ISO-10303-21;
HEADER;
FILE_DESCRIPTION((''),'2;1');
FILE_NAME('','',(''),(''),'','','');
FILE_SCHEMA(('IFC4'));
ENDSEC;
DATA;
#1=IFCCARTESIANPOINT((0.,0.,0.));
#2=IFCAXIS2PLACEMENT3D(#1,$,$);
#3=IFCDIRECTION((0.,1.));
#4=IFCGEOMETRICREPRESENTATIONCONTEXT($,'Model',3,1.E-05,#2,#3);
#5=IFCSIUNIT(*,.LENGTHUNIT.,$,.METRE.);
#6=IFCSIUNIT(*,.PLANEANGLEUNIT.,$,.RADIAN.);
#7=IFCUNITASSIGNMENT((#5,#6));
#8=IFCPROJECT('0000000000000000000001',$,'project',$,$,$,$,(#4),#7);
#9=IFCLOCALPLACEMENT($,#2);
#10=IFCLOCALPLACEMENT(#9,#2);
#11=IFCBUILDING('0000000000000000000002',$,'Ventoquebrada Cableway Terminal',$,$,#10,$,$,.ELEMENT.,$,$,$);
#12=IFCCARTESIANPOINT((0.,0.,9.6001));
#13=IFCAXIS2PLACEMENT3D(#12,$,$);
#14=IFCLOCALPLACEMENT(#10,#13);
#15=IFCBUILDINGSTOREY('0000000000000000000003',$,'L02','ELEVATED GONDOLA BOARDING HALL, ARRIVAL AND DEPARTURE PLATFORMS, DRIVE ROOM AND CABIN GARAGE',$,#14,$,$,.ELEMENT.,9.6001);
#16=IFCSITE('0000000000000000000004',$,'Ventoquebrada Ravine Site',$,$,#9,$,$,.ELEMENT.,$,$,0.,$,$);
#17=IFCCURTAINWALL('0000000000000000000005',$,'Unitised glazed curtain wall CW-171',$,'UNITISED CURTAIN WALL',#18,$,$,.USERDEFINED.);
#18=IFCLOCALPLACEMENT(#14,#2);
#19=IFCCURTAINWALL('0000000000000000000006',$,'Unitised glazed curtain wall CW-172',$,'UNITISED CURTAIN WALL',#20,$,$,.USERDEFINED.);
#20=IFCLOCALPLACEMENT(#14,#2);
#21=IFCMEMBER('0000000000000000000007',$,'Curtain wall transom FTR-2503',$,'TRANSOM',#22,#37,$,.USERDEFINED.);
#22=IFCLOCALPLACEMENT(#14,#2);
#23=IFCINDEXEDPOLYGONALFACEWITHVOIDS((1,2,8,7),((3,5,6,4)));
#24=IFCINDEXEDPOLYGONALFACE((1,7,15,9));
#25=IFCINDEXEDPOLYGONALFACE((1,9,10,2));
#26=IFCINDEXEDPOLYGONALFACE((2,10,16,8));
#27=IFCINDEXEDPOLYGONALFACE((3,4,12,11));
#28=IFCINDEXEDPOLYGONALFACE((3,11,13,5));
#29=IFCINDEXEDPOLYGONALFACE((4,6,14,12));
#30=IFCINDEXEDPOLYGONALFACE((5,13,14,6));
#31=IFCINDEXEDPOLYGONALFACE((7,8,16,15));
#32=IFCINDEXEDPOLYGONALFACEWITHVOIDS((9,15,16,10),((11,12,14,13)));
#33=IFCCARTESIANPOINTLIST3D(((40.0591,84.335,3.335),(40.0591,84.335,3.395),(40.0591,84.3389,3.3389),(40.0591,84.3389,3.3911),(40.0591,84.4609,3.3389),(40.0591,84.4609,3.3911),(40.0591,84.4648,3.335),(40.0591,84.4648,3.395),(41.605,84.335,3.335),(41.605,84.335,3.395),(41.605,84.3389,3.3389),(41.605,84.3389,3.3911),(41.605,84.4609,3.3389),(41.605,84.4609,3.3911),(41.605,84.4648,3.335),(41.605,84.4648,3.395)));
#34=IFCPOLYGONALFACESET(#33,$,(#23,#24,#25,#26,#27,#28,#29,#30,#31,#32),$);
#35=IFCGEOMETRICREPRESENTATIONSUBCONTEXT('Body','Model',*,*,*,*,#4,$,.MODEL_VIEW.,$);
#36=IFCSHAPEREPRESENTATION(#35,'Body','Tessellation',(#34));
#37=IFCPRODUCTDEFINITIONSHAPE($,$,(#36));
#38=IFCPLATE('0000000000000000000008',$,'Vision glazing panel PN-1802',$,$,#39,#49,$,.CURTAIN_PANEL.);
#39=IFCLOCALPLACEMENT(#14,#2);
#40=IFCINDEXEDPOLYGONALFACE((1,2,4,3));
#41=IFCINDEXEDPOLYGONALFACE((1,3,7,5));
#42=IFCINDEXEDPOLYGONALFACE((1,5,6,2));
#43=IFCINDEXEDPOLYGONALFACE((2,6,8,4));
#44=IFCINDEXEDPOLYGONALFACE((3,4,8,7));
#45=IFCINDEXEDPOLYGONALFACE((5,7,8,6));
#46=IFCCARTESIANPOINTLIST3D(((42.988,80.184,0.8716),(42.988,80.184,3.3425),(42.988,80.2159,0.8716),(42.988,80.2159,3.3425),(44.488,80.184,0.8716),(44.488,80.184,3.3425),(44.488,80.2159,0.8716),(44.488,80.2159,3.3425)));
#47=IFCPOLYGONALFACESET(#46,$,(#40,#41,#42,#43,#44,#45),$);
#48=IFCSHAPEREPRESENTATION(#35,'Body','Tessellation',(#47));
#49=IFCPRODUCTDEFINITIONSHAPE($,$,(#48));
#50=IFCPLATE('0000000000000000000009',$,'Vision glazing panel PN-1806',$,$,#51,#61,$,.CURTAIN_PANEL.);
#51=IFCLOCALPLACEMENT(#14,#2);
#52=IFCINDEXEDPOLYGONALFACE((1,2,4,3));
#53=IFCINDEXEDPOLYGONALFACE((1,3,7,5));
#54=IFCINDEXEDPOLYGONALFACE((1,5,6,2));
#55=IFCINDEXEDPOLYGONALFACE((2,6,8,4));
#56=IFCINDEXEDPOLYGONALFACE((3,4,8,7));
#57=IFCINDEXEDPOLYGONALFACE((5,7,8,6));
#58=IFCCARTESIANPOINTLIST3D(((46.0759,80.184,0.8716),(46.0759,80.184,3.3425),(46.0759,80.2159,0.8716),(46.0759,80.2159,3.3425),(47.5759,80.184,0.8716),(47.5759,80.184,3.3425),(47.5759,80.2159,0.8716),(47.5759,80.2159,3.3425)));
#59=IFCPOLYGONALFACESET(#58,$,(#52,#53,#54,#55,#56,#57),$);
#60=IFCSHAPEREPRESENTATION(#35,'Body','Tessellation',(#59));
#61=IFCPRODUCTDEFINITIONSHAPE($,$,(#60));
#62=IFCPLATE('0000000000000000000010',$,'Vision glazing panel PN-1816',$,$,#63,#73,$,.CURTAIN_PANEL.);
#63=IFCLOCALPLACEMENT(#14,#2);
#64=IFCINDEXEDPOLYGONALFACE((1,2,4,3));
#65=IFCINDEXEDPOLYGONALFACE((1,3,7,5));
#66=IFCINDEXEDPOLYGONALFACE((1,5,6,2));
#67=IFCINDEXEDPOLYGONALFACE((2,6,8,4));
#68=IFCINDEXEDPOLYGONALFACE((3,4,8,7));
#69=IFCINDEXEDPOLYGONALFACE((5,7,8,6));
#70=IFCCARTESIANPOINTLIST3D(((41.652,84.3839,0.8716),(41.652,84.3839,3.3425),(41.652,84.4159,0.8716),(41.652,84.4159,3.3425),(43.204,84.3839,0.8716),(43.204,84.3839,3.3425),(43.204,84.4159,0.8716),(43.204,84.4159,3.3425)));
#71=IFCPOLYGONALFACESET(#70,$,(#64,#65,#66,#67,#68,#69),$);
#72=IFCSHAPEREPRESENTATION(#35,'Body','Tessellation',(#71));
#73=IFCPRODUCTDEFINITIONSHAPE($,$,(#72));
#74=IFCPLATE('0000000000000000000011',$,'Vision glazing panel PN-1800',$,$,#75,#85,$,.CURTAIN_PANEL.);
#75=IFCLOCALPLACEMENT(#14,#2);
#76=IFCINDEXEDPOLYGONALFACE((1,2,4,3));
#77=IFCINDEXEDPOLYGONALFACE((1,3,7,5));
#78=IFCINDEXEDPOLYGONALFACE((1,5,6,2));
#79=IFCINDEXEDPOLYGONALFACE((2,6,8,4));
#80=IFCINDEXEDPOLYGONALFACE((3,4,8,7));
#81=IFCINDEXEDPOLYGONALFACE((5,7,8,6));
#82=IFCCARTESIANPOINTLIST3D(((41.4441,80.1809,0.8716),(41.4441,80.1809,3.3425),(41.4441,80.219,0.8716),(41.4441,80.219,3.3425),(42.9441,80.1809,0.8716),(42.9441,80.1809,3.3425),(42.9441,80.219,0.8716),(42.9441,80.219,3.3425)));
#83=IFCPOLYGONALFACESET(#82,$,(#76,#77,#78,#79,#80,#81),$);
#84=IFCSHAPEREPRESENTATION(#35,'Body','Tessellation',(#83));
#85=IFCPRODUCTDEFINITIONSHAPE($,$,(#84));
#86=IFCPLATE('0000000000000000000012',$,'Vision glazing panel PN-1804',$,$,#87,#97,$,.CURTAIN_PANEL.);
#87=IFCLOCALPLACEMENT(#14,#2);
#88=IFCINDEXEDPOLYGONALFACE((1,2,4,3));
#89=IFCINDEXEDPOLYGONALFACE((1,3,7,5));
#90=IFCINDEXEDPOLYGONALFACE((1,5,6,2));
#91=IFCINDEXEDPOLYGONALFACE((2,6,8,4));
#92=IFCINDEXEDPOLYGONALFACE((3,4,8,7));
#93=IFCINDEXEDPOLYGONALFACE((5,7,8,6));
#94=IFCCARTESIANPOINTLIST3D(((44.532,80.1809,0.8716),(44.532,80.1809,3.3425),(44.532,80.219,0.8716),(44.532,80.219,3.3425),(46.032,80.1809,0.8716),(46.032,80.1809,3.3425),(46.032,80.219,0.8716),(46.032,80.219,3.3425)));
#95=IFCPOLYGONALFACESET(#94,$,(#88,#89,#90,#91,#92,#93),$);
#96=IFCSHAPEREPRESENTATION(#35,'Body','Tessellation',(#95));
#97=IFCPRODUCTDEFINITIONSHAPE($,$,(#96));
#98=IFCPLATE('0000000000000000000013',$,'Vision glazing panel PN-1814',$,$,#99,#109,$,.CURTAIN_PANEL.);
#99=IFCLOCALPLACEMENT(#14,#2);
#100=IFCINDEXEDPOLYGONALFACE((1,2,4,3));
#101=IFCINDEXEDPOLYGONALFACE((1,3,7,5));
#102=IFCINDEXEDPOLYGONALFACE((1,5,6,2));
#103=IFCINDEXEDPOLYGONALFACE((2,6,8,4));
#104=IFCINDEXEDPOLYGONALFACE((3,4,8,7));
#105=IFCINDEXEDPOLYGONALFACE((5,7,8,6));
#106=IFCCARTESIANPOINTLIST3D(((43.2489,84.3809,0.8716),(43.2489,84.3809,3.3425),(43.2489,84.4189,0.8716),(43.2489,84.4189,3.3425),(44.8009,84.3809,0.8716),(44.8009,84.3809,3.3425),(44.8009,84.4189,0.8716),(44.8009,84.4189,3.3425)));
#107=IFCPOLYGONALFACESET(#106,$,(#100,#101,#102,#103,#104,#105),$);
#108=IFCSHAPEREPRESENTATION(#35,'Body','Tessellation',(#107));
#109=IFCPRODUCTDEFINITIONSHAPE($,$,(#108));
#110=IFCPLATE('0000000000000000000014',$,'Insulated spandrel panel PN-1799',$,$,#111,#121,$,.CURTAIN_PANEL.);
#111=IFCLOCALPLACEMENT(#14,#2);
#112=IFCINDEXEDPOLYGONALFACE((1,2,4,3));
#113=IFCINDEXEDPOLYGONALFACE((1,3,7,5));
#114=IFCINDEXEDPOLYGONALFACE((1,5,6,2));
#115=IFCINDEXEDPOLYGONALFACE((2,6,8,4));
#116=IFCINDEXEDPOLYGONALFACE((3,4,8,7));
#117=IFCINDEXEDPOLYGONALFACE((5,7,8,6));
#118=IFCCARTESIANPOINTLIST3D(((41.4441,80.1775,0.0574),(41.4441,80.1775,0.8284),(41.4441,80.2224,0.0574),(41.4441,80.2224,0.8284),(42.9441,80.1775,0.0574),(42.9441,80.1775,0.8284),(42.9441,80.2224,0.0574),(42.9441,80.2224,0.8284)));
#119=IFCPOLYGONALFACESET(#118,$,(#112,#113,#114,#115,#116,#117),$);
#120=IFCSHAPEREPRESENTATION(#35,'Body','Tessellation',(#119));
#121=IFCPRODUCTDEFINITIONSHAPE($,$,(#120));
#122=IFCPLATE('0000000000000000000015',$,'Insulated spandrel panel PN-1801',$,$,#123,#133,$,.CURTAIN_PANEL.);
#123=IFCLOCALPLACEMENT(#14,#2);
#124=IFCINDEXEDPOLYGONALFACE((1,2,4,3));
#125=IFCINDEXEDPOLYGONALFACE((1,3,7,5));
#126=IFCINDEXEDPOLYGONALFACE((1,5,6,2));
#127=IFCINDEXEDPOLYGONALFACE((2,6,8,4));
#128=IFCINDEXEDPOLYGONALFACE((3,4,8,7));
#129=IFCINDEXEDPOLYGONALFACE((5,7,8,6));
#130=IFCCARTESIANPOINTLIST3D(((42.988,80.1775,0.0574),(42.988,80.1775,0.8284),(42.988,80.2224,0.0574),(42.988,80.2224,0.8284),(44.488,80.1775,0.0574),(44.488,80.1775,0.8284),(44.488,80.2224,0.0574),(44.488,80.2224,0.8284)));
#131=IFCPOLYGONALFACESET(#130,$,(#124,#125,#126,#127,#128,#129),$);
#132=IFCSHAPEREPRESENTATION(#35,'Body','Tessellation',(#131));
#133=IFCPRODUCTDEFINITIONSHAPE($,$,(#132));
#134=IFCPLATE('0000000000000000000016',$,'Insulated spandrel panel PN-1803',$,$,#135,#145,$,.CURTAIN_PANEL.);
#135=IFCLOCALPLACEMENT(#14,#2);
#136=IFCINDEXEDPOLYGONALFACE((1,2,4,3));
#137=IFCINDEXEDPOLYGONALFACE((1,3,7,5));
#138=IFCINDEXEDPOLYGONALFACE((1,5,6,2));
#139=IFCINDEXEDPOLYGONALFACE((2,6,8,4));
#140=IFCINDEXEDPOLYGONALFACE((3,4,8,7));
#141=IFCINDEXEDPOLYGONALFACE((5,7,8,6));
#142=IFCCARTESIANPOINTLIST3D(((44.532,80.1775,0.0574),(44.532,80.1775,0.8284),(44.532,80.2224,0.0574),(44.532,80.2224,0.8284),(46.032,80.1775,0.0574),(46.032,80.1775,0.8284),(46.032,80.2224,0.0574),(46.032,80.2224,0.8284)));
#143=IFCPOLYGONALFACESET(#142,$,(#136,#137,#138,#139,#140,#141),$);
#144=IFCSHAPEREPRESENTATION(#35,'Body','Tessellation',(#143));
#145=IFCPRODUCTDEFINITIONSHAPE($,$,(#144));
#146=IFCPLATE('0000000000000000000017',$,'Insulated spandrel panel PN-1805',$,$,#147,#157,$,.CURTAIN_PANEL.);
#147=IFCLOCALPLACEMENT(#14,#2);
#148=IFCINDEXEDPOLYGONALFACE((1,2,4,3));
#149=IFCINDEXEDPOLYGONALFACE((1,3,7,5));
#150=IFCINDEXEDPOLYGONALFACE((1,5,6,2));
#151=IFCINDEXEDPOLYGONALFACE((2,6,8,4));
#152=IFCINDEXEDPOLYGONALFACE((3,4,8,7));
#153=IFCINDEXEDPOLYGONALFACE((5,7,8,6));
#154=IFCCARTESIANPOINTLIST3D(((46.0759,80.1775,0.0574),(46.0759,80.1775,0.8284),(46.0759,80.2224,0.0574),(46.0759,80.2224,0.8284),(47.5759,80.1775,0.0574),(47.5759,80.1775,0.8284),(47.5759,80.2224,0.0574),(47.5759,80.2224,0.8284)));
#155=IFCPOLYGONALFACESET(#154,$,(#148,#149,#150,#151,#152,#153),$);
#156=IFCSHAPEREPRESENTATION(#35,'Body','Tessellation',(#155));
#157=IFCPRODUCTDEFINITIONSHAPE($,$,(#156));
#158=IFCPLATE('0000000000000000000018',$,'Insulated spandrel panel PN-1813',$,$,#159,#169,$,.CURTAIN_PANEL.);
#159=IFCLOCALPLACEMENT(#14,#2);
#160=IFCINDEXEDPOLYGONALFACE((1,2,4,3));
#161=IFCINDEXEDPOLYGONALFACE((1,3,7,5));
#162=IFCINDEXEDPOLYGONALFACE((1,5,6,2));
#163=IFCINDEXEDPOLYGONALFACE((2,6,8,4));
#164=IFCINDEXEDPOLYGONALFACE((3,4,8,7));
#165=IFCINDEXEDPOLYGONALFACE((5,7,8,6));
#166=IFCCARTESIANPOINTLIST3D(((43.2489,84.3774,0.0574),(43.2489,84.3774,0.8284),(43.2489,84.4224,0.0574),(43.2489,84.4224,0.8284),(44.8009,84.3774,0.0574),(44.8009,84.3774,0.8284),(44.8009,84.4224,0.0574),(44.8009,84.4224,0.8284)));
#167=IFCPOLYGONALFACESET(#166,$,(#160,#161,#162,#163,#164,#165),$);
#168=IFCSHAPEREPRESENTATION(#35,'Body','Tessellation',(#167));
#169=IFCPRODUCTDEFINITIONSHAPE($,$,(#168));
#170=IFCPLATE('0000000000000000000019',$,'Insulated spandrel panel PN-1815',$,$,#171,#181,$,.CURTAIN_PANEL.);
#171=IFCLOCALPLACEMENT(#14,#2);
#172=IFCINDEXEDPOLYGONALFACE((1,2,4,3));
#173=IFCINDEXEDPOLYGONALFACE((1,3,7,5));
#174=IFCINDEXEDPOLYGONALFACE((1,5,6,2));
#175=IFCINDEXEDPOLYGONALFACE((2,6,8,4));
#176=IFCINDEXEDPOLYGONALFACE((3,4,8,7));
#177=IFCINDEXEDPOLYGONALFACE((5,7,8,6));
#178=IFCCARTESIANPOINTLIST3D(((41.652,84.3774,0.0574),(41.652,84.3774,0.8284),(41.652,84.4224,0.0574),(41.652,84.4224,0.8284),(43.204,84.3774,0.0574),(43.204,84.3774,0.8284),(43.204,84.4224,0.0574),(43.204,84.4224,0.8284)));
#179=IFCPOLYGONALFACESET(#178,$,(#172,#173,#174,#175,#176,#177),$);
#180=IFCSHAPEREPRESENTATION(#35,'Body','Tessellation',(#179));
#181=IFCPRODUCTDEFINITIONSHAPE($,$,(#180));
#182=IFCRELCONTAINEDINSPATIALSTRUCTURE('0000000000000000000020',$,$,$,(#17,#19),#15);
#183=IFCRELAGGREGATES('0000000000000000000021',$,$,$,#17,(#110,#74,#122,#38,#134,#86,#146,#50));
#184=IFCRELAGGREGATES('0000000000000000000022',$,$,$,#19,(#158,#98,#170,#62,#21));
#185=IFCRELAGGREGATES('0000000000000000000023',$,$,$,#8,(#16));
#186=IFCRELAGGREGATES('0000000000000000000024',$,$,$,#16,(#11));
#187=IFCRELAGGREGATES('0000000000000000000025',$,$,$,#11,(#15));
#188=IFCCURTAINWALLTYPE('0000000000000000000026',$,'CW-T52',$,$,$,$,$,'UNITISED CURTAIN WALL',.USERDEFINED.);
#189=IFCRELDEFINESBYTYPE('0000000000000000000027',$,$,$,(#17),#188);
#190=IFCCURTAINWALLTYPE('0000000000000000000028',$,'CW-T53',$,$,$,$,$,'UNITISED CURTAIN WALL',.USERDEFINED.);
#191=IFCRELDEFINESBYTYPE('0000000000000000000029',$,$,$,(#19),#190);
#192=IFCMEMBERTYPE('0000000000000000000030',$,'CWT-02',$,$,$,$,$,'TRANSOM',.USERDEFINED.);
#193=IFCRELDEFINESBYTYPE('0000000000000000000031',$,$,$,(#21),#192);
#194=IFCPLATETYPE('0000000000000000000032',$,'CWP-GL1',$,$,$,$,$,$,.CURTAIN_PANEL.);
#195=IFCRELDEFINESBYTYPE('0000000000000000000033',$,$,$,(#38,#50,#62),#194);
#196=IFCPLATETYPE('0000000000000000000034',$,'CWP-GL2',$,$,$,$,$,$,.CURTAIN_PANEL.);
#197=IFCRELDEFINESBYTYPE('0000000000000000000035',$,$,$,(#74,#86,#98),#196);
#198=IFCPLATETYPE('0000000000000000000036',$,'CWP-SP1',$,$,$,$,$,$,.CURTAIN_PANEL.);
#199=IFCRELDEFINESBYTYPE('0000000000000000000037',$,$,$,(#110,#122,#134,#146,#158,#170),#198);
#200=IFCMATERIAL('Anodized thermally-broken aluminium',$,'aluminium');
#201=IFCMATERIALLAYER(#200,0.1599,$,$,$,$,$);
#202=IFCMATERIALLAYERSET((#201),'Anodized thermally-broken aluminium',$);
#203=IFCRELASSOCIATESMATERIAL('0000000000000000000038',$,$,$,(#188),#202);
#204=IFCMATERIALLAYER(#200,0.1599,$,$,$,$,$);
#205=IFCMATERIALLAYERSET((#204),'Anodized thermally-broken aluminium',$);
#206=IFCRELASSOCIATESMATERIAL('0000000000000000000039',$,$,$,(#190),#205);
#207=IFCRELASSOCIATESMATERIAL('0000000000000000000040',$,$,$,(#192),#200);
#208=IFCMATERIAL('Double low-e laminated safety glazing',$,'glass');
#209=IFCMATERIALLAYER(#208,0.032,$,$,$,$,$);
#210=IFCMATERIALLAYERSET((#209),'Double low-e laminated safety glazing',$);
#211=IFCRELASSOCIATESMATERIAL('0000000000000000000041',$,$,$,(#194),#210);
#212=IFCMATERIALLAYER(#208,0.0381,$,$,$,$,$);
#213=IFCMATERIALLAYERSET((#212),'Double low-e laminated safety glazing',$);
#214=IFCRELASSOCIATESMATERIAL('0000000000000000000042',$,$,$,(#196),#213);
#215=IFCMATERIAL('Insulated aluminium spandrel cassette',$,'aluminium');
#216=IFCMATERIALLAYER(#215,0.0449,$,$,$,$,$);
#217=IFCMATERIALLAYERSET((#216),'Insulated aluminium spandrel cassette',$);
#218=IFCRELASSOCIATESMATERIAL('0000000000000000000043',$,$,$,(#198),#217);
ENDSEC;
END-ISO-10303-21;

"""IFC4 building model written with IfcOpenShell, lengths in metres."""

from ifc_helpers import new_model, si_unit, direction, frame, origin, origin_2d, place, context, subcontext, project, spatial, rectangle, hollow_rectangle, extrude, material, layer, layer_set, material_profile, profile_set, type_object, element, aggregate, save


model = new_model("IFC4")

# Units and contexts
model_context = context("Model", 3, precision=1e-05, world=origin(), true_north=direction((0.0, 1.0)))
body_context = subcontext(model_context, "Body", "Model", "MODEL_VIEW")
ifc_project = project(units=[si_unit("LENGTHUNIT", "METRE"), si_unit("PLANEANGLEUNIT", "RADIAN")], contexts=[model_context])

# Site, building, storey
site_placement = place(None, origin())
site = spatial("IfcSite", under=ifc_project, at=site_placement, Name="Ventoquebrada Ravine Site", CompositionType="ELEMENT", RefElevation=0.0)
building_placement = place(site_placement, origin())
building = spatial("IfcBuilding", under=site, at=building_placement, Name="Ventoquebrada Cableway Terminal", CompositionType="ELEMENT")
storey_placement = place(building_placement, frame((0.0, 0.0, 9.6001)))
storey = spatial("IfcBuildingStorey", under=building, at=storey_placement, Name="L02", Description="ELEVATED GONDOLA BOARDING HALL, ARRIVAL AND DEPARTURE PLATFORMS, DRIVE ROOM AND CABIN GARAGE", CompositionType="ELEMENT", Elevation=9.6001)

# Curtain walls
ifc_material_1 = material(Name="Anodized thermally-broken aluminium", Category="aluminium")
ifc_layer_1 = layer(ifc_material_1, 0.1599)
ifc_layer_set_1 = layer_set([ifc_layer_1], Name="Anodized thermally-broken aluminium")
curtain_wall_type_1 = type_object("IfcCurtainWallType", Name="CW-T52", ElementType="UNITISED CURTAIN WALL", PredefinedType="USERDEFINED", material=ifc_layer_set_1)
curtain_wall_1_placement = place(storey_placement, origin())
curtain_wall_1 = element("IfcCurtainWall", 1, at=curtain_wall_1_placement, inside=storey, type_object=curtain_wall_type_1, Name="Unitised glazed curtain wall CW-171", ObjectType="UNITISED CURTAIN WALL", PredefinedType="USERDEFINED")
ifc_layer_2 = layer(ifc_material_1, 0.1599)
ifc_layer_set_2 = layer_set([ifc_layer_2], Name="Anodized thermally-broken aluminium")
curtain_wall_type_2 = type_object("IfcCurtainWallType", Name="CW-T53", ElementType="UNITISED CURTAIN WALL", PredefinedType="USERDEFINED", material=ifc_layer_set_2)
curtain_wall_2_placement = place(storey_placement, origin())
curtain_wall_2 = element("IfcCurtainWall", 2, at=curtain_wall_2_placement, inside=storey, type_object=curtain_wall_type_2, Name="Unitised glazed curtain wall CW-172", ObjectType="UNITISED CURTAIN WALL", PredefinedType="USERDEFINED")

# Member
ifc_material_profile_1 = material_profile(ifc_material_1, hollow_rectangle(XDim=0.0601, YDim=0.1299, WallThickness=0.0039, at=origin_2d()), Name="CW-TRN-60X130")
ifc_profile_set_1 = profile_set([ifc_material_profile_1], Name="Anodized thermally-broken aluminium")
member_type_1 = type_object("IfcMemberType", Name="CWT-02", ElementType="TRANSOM", PredefinedType="USERDEFINED", material=ifc_profile_set_1)
member_1_placement = place(storey_placement, frame((41.605, 84.3999, 3.365), z_axis=(-1.0, 0.0, 0.0), x_axis=(0.0, 0.0, 1.0)))
member_1 = element("IfcMember", 3, at=member_1_placement, type_object=member_type_1, Name="Curtain wall transom FTR-2503", ObjectType="TRANSOM", PredefinedType="USERDEFINED", context=body_context, shape_type="SweptSolid", body=[
    extrude(hollow_rectangle(XDim=0.0601, YDim=0.1299, WallThickness=0.0039, at=origin_2d()), origin(), (0.0, 0.0, 1.0), 1.5459),
])

# Plates
ifc_material_2 = material(Name="Double low-e laminated safety glazing", Category="glass")
ifc_layer_3 = layer(ifc_material_2, 0.032)
ifc_layer_set_3 = layer_set([ifc_layer_3], Name="Double low-e laminated safety glazing")
plate_type_1 = type_object("IfcPlateType", Name="CWP-GL1", PredefinedType="CURTAIN_PANEL", material=ifc_layer_set_3)
plate_1_placement = place(storey_placement, frame((43.738, 80.2, 0.8716), z_axis=(0.0, 0.0, 1.0), x_axis=(1.0, 0.0, 0.0)))
plate_1 = element("IfcPlate", 4, at=plate_1_placement, type_object=plate_type_1, Name="Vision glazing panel PN-1802", PredefinedType="CURTAIN_PANEL", context=body_context, shape_type="SweptSolid", body=[
    extrude(rectangle(XDim=1.5, YDim=0.032, at=origin_2d()), origin(), (0.0, 0.0, 1.0), 2.4709),
])
plate_2_placement = place(storey_placement, frame((46.8259, 80.2, 0.8716), z_axis=(0.0, 0.0, 1.0), x_axis=(1.0, 0.0, 0.0)))
plate_2 = element("IfcPlate", 5, at=plate_2_placement, type_object=plate_type_1, Name="Vision glazing panel PN-1806", PredefinedType="CURTAIN_PANEL", context=body_context, shape_type="SweptSolid", body=[
    extrude(rectangle(XDim=1.5, YDim=0.032, at=origin_2d()), origin(), (0.0, 0.0, 1.0), 2.4709),
])
plate_3_placement = place(storey_placement, frame((42.428, 84.3999, 0.8716), z_axis=(0.0, 0.0, 1.0), x_axis=(-1.0, 0.0, 0.0)))
plate_3 = element("IfcPlate", 6, at=plate_3_placement, type_object=plate_type_1, Name="Vision glazing panel PN-1816", PredefinedType="CURTAIN_PANEL", context=body_context, shape_type="SweptSolid", body=[
    extrude(rectangle(XDim=1.552, YDim=0.032, at=origin_2d()), origin(), (0.0, 0.0, 1.0), 2.4709),
])
ifc_layer_4 = layer(ifc_material_2, 0.0381)
ifc_layer_set_4 = layer_set([ifc_layer_4], Name="Double low-e laminated safety glazing")
plate_type_2 = type_object("IfcPlateType", Name="CWP-GL2", PredefinedType="CURTAIN_PANEL", material=ifc_layer_set_4)
plate_4_placement = place(storey_placement, frame((42.1941, 80.2, 0.8716), z_axis=(0.0, 0.0, 1.0), x_axis=(1.0, 0.0, 0.0)))
plate_4 = element("IfcPlate", 7, at=plate_4_placement, type_object=plate_type_2, Name="Vision glazing panel PN-1800", PredefinedType="CURTAIN_PANEL", context=body_context, shape_type="SweptSolid", body=[
    extrude(rectangle(XDim=1.5, YDim=0.0381, at=origin_2d()), origin(), (0.0, 0.0, 1.0), 2.4709),
])
plate_5_placement = place(storey_placement, frame((45.282, 80.2, 0.8716), z_axis=(0.0, 0.0, 1.0), x_axis=(1.0, 0.0, 0.0)))
plate_5 = element("IfcPlate", 8, at=plate_5_placement, type_object=plate_type_2, Name="Vision glazing panel PN-1804", PredefinedType="CURTAIN_PANEL", context=body_context, shape_type="SweptSolid", body=[
    extrude(rectangle(XDim=1.5, YDim=0.0381, at=origin_2d()), origin(), (0.0, 0.0, 1.0), 2.4709),
])
plate_6_placement = place(storey_placement, frame((44.0249, 84.3999, 0.8716), z_axis=(0.0, 0.0, 1.0), x_axis=(-1.0, 0.0, 0.0)))
plate_6 = element("IfcPlate", 9, at=plate_6_placement, type_object=plate_type_2, Name="Vision glazing panel PN-1814", PredefinedType="CURTAIN_PANEL", context=body_context, shape_type="SweptSolid", body=[
    extrude(rectangle(XDim=1.552, YDim=0.0381, at=origin_2d()), origin(), (0.0, 0.0, 1.0), 2.4709),
])
ifc_material_3 = material(Name="Insulated aluminium spandrel cassette", Category="aluminium")
ifc_layer_5 = layer(ifc_material_3, 0.0449)
ifc_layer_set_5 = layer_set([ifc_layer_5], Name="Insulated aluminium spandrel cassette")
plate_type_3 = type_object("IfcPlateType", Name="CWP-SP1", PredefinedType="CURTAIN_PANEL", material=ifc_layer_set_5)
plate_7_placement = place(storey_placement, frame((42.1941, 80.2, 0.0574), z_axis=(0.0, 0.0, 1.0), x_axis=(1.0, 0.0, 0.0)))
plate_7 = element("IfcPlate", 10, at=plate_7_placement, type_object=plate_type_3, Name="Insulated spandrel panel PN-1799", PredefinedType="CURTAIN_PANEL", context=body_context, shape_type="SweptSolid", body=[
    extrude(rectangle(XDim=1.5, YDim=0.0449, at=origin_2d()), origin(), (0.0, 0.0, 1.0), 0.771),
])
plate_8_placement = place(storey_placement, frame((43.738, 80.2, 0.0574), z_axis=(0.0, 0.0, 1.0), x_axis=(1.0, 0.0, 0.0)))
plate_8 = element("IfcPlate", 11, at=plate_8_placement, type_object=plate_type_3, Name="Insulated spandrel panel PN-1801", PredefinedType="CURTAIN_PANEL", context=body_context, shape_type="SweptSolid", body=[
    extrude(rectangle(XDim=1.5, YDim=0.0449, at=origin_2d()), origin(), (0.0, 0.0, 1.0), 0.771),
])
plate_9_placement = place(storey_placement, frame((45.282, 80.2, 0.0574), z_axis=(0.0, 0.0, 1.0), x_axis=(1.0, 0.0, 0.0)))
plate_9 = element("IfcPlate", 12, at=plate_9_placement, type_object=plate_type_3, Name="Insulated spandrel panel PN-1803", PredefinedType="CURTAIN_PANEL", context=body_context, shape_type="SweptSolid", body=[
    extrude(rectangle(XDim=1.5, YDim=0.0449, at=origin_2d()), origin(), (0.0, 0.0, 1.0), 0.771),
])
plate_10_placement = place(storey_placement, frame((46.8259, 80.2, 0.0574), z_axis=(0.0, 0.0, 1.0), x_axis=(1.0, 0.0, 0.0)))
plate_10 = element("IfcPlate", 13, at=plate_10_placement, type_object=plate_type_3, Name="Insulated spandrel panel PN-1805", PredefinedType="CURTAIN_PANEL", context=body_context, shape_type="SweptSolid", body=[
    extrude(rectangle(XDim=1.5, YDim=0.0449, at=origin_2d()), origin(), (0.0, 0.0, 1.0), 0.771),
])
aggregate(curtain_wall_1, [plate_7, plate_4, plate_8, plate_1, plate_9, plate_5, plate_10, plate_2])
plate_11_placement = place(storey_placement, frame((44.0249, 84.3999, 0.0574), z_axis=(0.0, 0.0, 1.0), x_axis=(-1.0, 0.0, 0.0)))
plate_11 = element("IfcPlate", 14, at=plate_11_placement, type_object=plate_type_3, Name="Insulated spandrel panel PN-1813", PredefinedType="CURTAIN_PANEL", context=body_context, shape_type="SweptSolid", body=[
    extrude(rectangle(XDim=1.552, YDim=0.0449, at=origin_2d()), origin(), (0.0, 0.0, 1.0), 0.771),
])
plate_12_placement = place(storey_placement, frame((42.428, 84.3999, 0.0574), z_axis=(0.0, 0.0, 1.0), x_axis=(-1.0, 0.0, 0.0)))
plate_12 = element("IfcPlate", 15, at=plate_12_placement, type_object=plate_type_3, Name="Insulated spandrel panel PN-1815", PredefinedType="CURTAIN_PANEL", context=body_context, shape_type="SweptSolid", body=[
    extrude(rectangle(XDim=1.552, YDim=0.0449, at=origin_2d()), origin(), (0.0, 0.0, 1.0), 0.771),
])
aggregate(curtain_wall_2, [plate_11, plate_6, plate_12, plate_3, member_1])

save(model, "model.ifc")
